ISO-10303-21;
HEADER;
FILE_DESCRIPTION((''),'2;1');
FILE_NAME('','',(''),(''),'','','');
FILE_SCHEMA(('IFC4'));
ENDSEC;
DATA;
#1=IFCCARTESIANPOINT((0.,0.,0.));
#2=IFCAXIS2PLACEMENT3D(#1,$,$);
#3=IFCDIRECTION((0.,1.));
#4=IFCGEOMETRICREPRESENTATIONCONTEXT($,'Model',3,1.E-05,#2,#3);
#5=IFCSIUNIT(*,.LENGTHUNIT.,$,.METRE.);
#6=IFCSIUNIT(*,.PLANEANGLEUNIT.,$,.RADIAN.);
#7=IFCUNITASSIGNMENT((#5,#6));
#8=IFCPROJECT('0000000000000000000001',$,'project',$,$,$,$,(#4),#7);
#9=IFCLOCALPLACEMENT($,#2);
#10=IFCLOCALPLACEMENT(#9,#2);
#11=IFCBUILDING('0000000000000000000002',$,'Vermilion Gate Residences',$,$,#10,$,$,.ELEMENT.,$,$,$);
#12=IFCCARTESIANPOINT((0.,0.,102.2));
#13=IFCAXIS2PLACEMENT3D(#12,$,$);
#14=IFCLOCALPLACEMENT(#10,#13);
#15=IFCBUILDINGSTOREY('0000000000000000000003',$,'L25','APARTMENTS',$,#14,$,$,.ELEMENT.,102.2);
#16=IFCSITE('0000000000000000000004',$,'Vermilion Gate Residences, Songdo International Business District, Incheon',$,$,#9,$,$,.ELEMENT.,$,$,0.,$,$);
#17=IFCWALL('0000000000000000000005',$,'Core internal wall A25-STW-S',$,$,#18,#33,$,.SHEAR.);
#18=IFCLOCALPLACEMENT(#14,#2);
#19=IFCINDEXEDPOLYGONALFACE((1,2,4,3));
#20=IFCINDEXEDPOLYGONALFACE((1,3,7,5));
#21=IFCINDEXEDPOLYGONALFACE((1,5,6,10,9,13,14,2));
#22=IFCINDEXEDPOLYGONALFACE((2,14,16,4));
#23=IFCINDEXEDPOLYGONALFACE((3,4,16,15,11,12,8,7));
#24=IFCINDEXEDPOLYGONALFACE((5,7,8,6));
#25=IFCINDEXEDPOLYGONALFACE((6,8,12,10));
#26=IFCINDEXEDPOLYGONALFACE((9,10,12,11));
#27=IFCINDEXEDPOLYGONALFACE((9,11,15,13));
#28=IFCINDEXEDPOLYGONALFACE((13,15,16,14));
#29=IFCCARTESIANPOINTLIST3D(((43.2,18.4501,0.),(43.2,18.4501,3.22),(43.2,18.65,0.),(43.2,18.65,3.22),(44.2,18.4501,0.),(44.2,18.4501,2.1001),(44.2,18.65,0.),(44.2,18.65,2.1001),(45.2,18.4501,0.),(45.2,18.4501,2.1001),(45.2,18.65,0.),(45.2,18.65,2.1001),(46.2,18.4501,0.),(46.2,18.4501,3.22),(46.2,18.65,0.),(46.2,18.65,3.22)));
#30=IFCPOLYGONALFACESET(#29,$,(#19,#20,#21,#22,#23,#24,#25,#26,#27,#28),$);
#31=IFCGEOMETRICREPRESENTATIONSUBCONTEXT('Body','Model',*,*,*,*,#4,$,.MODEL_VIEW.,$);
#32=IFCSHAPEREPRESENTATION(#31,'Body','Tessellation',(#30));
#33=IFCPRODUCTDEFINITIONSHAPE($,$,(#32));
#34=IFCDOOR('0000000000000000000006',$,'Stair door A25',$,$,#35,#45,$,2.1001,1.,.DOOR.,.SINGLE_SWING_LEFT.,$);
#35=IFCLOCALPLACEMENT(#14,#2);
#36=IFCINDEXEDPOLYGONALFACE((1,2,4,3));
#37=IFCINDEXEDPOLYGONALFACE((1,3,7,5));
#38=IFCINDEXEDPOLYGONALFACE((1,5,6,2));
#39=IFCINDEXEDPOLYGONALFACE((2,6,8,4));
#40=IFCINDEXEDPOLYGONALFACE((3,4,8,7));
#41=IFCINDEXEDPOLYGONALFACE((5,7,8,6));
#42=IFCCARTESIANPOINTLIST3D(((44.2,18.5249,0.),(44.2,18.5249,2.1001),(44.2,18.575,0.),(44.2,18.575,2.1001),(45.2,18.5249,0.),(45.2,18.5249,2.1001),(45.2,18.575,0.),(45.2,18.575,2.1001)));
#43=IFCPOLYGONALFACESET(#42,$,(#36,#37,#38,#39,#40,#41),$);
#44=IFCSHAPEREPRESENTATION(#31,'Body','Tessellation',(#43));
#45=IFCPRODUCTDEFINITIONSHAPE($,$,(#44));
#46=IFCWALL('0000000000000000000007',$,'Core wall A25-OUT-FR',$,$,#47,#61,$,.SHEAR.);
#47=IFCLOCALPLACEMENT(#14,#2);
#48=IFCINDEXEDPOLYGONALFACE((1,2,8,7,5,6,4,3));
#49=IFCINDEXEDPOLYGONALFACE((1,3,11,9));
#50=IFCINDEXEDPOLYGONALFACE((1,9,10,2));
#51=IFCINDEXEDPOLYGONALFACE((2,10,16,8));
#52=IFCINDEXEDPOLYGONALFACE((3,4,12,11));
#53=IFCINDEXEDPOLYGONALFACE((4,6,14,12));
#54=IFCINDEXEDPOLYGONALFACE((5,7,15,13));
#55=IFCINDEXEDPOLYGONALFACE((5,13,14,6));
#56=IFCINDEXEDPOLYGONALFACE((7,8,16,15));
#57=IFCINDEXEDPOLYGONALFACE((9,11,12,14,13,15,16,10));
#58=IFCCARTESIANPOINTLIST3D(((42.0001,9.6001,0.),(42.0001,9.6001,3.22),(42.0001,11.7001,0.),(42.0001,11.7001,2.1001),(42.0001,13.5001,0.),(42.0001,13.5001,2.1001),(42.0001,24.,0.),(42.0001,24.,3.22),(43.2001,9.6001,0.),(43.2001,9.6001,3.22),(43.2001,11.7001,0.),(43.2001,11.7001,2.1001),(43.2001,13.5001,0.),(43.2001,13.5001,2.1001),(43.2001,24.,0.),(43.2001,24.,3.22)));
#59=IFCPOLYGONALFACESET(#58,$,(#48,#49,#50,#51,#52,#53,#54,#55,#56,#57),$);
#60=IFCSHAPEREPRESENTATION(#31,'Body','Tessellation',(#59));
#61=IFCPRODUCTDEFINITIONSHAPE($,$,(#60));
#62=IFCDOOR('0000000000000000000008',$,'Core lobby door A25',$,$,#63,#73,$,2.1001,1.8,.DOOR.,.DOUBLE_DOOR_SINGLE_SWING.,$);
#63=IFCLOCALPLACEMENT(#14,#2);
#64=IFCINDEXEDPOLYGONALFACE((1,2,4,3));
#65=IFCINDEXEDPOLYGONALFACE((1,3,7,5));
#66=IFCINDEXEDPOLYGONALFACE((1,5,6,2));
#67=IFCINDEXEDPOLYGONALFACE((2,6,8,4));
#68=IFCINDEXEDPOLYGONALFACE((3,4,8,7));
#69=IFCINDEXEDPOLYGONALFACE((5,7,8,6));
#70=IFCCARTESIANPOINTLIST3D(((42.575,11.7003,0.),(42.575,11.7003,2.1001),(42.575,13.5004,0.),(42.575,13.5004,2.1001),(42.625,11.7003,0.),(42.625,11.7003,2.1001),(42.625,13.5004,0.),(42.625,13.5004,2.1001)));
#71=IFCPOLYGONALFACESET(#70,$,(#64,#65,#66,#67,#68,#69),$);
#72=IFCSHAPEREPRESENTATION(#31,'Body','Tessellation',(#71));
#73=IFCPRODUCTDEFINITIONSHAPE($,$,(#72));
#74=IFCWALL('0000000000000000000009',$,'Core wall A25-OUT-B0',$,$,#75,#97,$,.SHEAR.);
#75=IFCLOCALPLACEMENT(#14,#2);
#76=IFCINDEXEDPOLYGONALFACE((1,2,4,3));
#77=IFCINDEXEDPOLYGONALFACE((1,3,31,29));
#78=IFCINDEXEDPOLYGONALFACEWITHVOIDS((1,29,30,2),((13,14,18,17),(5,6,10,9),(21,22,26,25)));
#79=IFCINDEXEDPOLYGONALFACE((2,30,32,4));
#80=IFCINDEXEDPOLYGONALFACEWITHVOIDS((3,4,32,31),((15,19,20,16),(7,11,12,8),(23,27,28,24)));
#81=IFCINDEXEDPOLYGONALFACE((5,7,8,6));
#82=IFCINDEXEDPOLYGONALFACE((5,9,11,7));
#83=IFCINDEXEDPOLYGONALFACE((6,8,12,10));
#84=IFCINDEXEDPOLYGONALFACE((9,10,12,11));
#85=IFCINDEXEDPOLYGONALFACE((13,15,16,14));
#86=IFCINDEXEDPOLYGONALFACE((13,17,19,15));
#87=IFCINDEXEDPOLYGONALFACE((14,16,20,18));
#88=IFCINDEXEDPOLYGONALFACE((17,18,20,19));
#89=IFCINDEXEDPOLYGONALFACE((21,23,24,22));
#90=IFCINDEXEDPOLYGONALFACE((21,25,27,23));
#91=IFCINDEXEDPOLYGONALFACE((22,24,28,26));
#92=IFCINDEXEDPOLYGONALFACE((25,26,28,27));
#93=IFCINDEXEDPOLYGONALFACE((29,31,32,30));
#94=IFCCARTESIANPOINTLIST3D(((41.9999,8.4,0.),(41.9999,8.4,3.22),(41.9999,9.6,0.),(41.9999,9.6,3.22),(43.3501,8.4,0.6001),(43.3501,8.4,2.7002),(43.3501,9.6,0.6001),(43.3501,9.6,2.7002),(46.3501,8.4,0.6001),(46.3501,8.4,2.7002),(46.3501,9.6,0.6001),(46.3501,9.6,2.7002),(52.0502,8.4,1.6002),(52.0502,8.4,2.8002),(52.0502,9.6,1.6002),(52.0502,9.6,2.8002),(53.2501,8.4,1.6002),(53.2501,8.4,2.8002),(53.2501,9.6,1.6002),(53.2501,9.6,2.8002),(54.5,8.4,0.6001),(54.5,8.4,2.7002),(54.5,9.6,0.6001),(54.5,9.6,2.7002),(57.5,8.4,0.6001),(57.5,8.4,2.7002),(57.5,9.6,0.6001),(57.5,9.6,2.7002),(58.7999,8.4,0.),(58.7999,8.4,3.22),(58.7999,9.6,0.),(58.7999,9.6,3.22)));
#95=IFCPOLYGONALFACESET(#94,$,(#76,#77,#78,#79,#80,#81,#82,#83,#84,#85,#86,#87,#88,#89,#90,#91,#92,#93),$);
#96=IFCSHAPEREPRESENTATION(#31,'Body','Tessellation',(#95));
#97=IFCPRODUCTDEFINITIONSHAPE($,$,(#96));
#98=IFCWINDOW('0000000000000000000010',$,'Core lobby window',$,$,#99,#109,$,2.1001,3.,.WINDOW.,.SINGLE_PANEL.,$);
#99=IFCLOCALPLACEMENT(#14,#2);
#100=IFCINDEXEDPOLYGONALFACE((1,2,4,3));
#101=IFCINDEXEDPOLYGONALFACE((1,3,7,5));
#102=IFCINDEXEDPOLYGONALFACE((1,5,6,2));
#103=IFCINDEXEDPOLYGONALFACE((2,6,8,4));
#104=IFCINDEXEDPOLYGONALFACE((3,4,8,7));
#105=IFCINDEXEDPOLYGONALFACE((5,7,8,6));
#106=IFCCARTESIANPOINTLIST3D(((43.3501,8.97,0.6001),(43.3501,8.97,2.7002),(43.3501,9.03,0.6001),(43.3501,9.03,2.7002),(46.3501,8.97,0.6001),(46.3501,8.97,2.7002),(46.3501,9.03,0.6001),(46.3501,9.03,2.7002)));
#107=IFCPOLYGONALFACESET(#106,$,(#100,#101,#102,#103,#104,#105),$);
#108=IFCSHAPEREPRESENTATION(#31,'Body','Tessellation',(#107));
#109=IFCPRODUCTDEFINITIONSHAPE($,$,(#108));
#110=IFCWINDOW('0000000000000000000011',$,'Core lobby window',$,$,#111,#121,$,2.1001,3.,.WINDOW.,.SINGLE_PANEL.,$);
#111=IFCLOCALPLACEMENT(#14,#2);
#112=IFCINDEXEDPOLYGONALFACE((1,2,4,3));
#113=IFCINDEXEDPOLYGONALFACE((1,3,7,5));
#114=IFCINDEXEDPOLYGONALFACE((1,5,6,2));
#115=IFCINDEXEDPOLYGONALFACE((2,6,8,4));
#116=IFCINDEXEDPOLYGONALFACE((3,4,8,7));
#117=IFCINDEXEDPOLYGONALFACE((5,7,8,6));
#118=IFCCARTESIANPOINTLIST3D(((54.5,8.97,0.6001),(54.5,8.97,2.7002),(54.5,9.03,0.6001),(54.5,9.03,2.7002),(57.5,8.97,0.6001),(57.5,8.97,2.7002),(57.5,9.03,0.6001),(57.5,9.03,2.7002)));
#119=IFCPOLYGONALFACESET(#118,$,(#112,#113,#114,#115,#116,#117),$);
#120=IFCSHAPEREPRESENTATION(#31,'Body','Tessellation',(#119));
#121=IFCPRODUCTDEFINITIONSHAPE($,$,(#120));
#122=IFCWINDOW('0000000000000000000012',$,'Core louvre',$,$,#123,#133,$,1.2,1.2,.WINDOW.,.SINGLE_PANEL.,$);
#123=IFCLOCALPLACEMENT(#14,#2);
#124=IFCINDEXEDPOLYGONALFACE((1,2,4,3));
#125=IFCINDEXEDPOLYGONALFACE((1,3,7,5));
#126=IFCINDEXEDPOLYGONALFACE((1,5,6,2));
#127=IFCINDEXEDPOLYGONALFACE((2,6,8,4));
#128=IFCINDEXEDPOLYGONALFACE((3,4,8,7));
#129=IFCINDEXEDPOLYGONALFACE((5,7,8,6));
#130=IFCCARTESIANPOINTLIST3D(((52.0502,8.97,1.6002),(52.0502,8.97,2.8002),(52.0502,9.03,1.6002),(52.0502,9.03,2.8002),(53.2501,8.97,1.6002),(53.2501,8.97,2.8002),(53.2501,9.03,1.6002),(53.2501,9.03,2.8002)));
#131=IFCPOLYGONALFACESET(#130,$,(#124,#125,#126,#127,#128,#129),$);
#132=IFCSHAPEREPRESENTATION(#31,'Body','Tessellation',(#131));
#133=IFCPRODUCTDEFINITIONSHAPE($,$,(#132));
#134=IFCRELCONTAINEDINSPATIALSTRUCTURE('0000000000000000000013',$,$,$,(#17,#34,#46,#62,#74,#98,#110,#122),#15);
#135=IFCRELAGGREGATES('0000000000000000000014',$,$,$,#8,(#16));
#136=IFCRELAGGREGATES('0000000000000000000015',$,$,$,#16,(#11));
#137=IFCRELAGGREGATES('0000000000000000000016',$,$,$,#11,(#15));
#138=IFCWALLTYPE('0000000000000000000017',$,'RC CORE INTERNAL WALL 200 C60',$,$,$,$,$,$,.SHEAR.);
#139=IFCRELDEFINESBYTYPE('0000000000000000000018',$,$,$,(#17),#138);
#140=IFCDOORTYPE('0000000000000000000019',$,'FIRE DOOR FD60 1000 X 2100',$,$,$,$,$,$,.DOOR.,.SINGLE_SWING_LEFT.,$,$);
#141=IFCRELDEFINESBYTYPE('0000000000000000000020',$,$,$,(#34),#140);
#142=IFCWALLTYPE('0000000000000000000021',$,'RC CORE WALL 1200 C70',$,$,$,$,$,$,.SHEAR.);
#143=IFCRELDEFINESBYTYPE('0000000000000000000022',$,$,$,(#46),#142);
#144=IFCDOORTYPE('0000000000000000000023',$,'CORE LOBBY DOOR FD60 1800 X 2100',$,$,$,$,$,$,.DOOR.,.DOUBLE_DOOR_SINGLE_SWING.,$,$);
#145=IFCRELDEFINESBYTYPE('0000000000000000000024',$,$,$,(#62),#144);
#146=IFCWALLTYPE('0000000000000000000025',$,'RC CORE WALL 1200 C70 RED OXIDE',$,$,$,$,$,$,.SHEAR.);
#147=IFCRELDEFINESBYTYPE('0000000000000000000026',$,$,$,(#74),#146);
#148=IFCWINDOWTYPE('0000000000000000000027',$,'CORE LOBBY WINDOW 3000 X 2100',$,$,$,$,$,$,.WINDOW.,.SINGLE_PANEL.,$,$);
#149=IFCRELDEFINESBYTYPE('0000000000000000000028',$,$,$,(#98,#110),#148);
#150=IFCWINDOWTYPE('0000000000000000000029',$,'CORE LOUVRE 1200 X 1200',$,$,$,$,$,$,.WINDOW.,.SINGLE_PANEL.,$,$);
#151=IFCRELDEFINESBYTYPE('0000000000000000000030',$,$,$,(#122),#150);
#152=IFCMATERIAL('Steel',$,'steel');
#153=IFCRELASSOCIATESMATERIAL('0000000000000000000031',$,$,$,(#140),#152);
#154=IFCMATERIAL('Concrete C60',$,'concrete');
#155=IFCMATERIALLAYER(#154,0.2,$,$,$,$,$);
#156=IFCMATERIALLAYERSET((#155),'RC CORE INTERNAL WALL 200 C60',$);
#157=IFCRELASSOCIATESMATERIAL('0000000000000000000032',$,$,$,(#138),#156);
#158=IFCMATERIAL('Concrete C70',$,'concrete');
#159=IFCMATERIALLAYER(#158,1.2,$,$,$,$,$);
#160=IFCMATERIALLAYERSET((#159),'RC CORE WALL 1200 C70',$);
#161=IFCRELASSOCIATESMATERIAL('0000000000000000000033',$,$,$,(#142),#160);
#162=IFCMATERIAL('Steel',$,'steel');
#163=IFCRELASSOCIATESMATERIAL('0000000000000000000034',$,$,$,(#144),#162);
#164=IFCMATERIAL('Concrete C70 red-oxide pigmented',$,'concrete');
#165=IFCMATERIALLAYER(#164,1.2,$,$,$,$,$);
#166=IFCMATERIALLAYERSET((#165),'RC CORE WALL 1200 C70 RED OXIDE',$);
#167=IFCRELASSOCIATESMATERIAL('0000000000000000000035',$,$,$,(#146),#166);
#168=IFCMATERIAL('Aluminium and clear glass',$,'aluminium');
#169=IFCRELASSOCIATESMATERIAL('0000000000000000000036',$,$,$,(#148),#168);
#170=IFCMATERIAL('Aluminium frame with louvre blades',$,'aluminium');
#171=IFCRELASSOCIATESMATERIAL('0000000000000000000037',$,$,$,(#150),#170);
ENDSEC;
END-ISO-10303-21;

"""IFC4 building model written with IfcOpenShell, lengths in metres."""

from ifc_helpers import new_model, si_unit, direction, frame, frame_2d, origin, place, context, subcontext, project, spatial, rectangle, extrude, material, layer, layer_set, type_object, element, fill, save


model = new_model("IFC4")

# Units and contexts
model_context = context("Model", 3, precision=1e-05, world=origin(), true_north=direction((0.0, 1.0)))
body_context = subcontext(model_context, "Body", "Model", "MODEL_VIEW")
ifc_project = project(units=[si_unit("LENGTHUNIT", "METRE"), si_unit("PLANEANGLEUNIT", "RADIAN")], contexts=[model_context])

# Site, building, storey
site_placement = place(None, origin())
site = spatial("IfcSite", under=ifc_project, at=site_placement, Name="Vermilion Gate Residences, Songdo International Business District, Incheon", CompositionType="ELEMENT", RefElevation=0.0)
building_placement = place(site_placement, origin())
building = spatial("IfcBuilding", under=site, at=building_placement, Name="Vermilion Gate Residences", CompositionType="ELEMENT")
storey_placement = place(building_placement, frame((0.0, 0.0, 102.2)))
storey = spatial("IfcBuildingStorey", under=building, at=storey_placement, Name="L25", Description="APARTMENTS", CompositionType="ELEMENT", Elevation=102.2)

# Shared definitions
ifc_material_1 = material(Name="Steel", Category="steel")
door_type_1 = type_object("IfcDoorType", Name="FIRE DOOR FD60 1000 X 2100", OperationType="SINGLE_SWING_LEFT", PredefinedType="DOOR", material=ifc_material_1)

# Shared definitions
ifc_material_2 = material(Name="Concrete C60", Category="concrete")
ifc_layer_1 = layer(ifc_material_2, 0.2)
ifc_layer_set_1 = layer_set([ifc_layer_1], Name="RC CORE INTERNAL WALL 200 C60")
wall_type_1 = type_object("IfcWallType", Name="RC CORE INTERNAL WALL 200 C60", PredefinedType="SHEAR", material=ifc_layer_set_1)

# Walls, openings, doors
wall_1_placement = place(storey_placement, frame((43.2, 18.55, 0.0), z_axis=(0.0, 0.0, 1.0), x_axis=(1.0, 0.0, 0.0)))
wall_1 = element("IfcWall", 1, at=wall_1_placement, inside=storey, type_object=wall_type_1, Name="Core internal wall A25-STW-S", PredefinedType="SHEAR", context=body_context, shape_type="SweptSolid", body=[
    extrude(rectangle(XDim=3.0, YDim=0.2, at=frame_2d((1.5, 0.0))), origin(), (0.0, 0.0, 1.0), 3.22),
])
opening_1_placement = place(wall_1_placement, frame((1.0, 0.0, 0.0)))
opening_1 = element("IfcOpeningElement", 2, at=opening_1_placement, cuts=wall_1, PredefinedType="OPENING", context=body_context, shape_type="SweptSolid", body=[
    extrude(rectangle(XDim=1.0, YDim=2.1001, at=frame_2d((0.5, 1.05))), frame((0.0, 0.1099, 0.0), z_axis=(0.0, -1.0, 0.0), x_axis=(1.0, 0.0, 0.0)), (0.0, 0.0, 1.0), 0.22),
])
door_1_placement = place(opening_1_placement, origin())
door_1 = element("IfcDoor", 3, at=door_1_placement, inside=storey, type_object=door_type_1, Name="Stair door A25", OperationType="SINGLE_SWING_LEFT", OverallHeight=2.1001, OverallWidth=1.0, PredefinedType="DOOR", context=body_context, shape_type="SweptSolid", body=[
    extrude(rectangle(XDim=1.0, YDim=2.1001, at=frame_2d((0.5, 1.05))), frame((0.0, 0.0249, 0.0), z_axis=(0.0, -1.0, 0.0), x_axis=(1.0, 0.0, 0.0)), (0.0, 0.0, 1.0), 0.05),
])
fill(opening_1, door_1)
ifc_material_3 = material(Name="Concrete C70", Category="concrete")
ifc_layer_2 = layer(ifc_material_3, 1.2)
ifc_layer_set_2 = layer_set([ifc_layer_2], Name="RC CORE WALL 1200 C70")
wall_type_2 = type_object("IfcWallType", Name="RC CORE WALL 1200 C70", PredefinedType="SHEAR", material=ifc_layer_set_2)
wall_2_placement = place(storey_placement, frame((42.6001, 9.6001, 0.0), z_axis=(0.0, 0.0, 1.0), x_axis=(0.0, 1.0, 0.0)))
wall_2 = element("IfcWall", 4, at=wall_2_placement, inside=storey, type_object=wall_type_2, Name="Core wall A25-OUT-FR", PredefinedType="SHEAR", context=body_context, shape_type="SweptSolid", body=[
    extrude(rectangle(XDim=14.3999, YDim=1.2, at=frame_2d((7.2, 0.0))), origin(), (0.0, 0.0, 1.0), 3.22),
])
opening_2_placement = place(wall_2_placement, frame((2.1001, 0.0, 0.0)))
opening_2 = element("IfcOpeningElement", 5, at=opening_2_placement, cuts=wall_2, PredefinedType="OPENING", context=body_context, shape_type="SweptSolid", body=[
    extrude(rectangle(XDim=1.8, YDim=2.1001, at=frame_2d((0.8999, 1.05))), frame((0.0, 0.6099, 0.0), z_axis=(0.0, -1.0, 0.0), x_axis=(1.0, 0.0, 0.0)), (0.0, 0.0, 1.0), 1.22),
])
ifc_material_4 = material(Name="Steel", Category="steel")
door_type_2 = type_object("IfcDoorType", Name="CORE LOBBY DOOR FD60 1800 X 2100", OperationType="DOUBLE_DOOR_SINGLE_SWING", PredefinedType="DOOR", material=ifc_material_4)
door_2_placement = place(opening_2_placement, frame((1.8, 0.0, 0.0), z_axis=(0.0, 0.0, 1.0), x_axis=(-1.0, 0.0, 0.0)))
door_2 = element("IfcDoor", 6, at=door_2_placement, inside=storey, type_object=door_type_2, Name="Core lobby door A25", OperationType="DOUBLE_DOOR_SINGLE_SWING", OverallHeight=2.1001, OverallWidth=1.8, PredefinedType="DOOR", context=body_context, shape_type="SweptSolid", body=[
    extrude(rectangle(XDim=1.8, YDim=2.1001, at=frame_2d((0.8999, 1.05))), frame((0.0, 0.0249, 0.0), z_axis=(0.0, -1.0, 0.0), x_axis=(1.0, 0.0, 0.0)), (0.0, 0.0, 1.0), 0.05),
])
fill(opening_2, door_2)

# Wall, openings, windows
ifc_material_5 = material(Name="Concrete C70 red-oxide pigmented", Category="concrete")
ifc_layer_3 = layer(ifc_material_5, 1.2)
ifc_layer_set_3 = layer_set([ifc_layer_3], Name="RC CORE WALL 1200 C70 RED OXIDE")
wall_type_3 = type_object("IfcWallType", Name="RC CORE WALL 1200 C70 RED OXIDE", PredefinedType="SHEAR", material=ifc_layer_set_3)
wall_3_placement = place(storey_placement, frame((42.0, 9.0, 0.0), z_axis=(0.0, 0.0, 1.0), x_axis=(1.0, 0.0, 0.0)))
wall_3 = element("IfcWall", 7, at=wall_3_placement, inside=storey, type_object=wall_type_3, Name="Core wall A25-OUT-B0", PredefinedType="SHEAR", context=body_context, shape_type="SweptSolid", body=[
    extrude(rectangle(XDim=16.8, YDim=1.2, at=frame_2d((8.3999, 0.0))), origin(), (0.0, 0.0, 1.0), 3.22),
])
opening_3_placement = place(wall_3_placement, frame((1.3501, 0.0, 0.6001)))
opening_3 = element("IfcOpeningElement", 8, at=opening_3_placement, cuts=wall_3, PredefinedType="OPENING", context=body_context, shape_type="SweptSolid", body=[
    extrude(rectangle(XDim=3.0, YDim=2.1001, at=frame_2d((1.5, 1.05))), frame((0.0, 0.6099, 0.0), z_axis=(0.0, -1.0, 0.0), x_axis=(1.0, 0.0, 0.0)), (0.0, 0.0, 1.0), 1.22),
])
opening_4_placement = place(wall_3_placement, frame((10.05, 0.0, 1.6001)))
opening_4 = element("IfcOpeningElement", 9, at=opening_4_placement, cuts=wall_3, PredefinedType="OPENING", context=body_context, shape_type="SweptSolid", body=[
    extrude(rectangle(XDim=1.2, YDim=1.2, at=frame_2d((0.6001, 0.6001))), frame((0.0, 0.6099, 0.0), z_axis=(0.0, -1.0, 0.0), x_axis=(1.0, 0.0, 0.0)), (0.0, 0.0, 1.0), 1.22),
])
opening_5_placement = place(wall_3_placement, frame((12.5, 0.0, 0.6001)))
opening_5 = element("IfcOpeningElement", 10, at=opening_5_placement, cuts=wall_3, PredefinedType="OPENING", context=body_context, shape_type="SweptSolid", body=[
    extrude(rectangle(XDim=3.0, YDim=2.1001, at=frame_2d((1.5, 1.05))), frame((0.0, 0.6099, 0.0), z_axis=(0.0, -1.0, 0.0), x_axis=(1.0, 0.0, 0.0)), (0.0, 0.0, 1.0), 1.22),
])
ifc_material_6 = material(Name="Aluminium and clear glass", Category="aluminium")
window_type_1 = type_object("IfcWindowType", Name="CORE LOBBY WINDOW 3000 X 2100", PartitioningType="SINGLE_PANEL", PredefinedType="WINDOW", material=ifc_material_6)
window_1_placement = place(opening_3_placement, origin())
window_1 = element("IfcWindow", 11, at=window_1_placement, inside=storey, type_object=window_type_1, Name="Core lobby window", OverallHeight=2.1001, OverallWidth=3.0, PartitioningType="SINGLE_PANEL", PredefinedType="WINDOW", context=body_context, shape_type="SweptSolid", body=[
    extrude(rectangle(XDim=3.0, YDim=2.1001, at=frame_2d((1.5, 1.05))), frame((0.0, 0.03, 0.0), z_axis=(0.0, -1.0, 0.0), x_axis=(1.0, 0.0, 0.0)), (0.0, 0.0, 1.0), 0.0601),
])
fill(opening_3, window_1)
window_2_placement = place(opening_5_placement, origin())
window_2 = element("IfcWindow", 12, at=window_2_placement, inside=storey, type_object=window_type_1, Name="Core lobby window", OverallHeight=2.1001, OverallWidth=3.0, PartitioningType="SINGLE_PANEL", PredefinedType="WINDOW", context=body_context, shape_type="SweptSolid", body=[
    extrude(rectangle(XDim=3.0, YDim=2.1001, at=frame_2d((1.5, 1.05))), frame((0.0, 0.03, 0.0), z_axis=(0.0, -1.0, 0.0), x_axis=(1.0, 0.0, 0.0)), (0.0, 0.0, 1.0), 0.0601),
])
fill(opening_5, window_2)
ifc_material_7 = material(Name="Aluminium frame with louvre blades", Category="aluminium")
window_type_2 = type_object("IfcWindowType", Name="CORE LOUVRE 1200 X 1200", PartitioningType="SINGLE_PANEL", PredefinedType="WINDOW", material=ifc_material_7)
window_3_placement = place(opening_4_placement, origin())
window_3 = element("IfcWindow", 13, at=window_3_placement, inside=storey, type_object=window_type_2, Name="Core louvre", OverallHeight=1.2, OverallWidth=1.2, PartitioningType="SINGLE_PANEL", PredefinedType="WINDOW", context=body_context, shape_type="SweptSolid", body=[
    extrude(rectangle(XDim=1.2, YDim=1.2, at=frame_2d((0.6001, 0.6001))), frame((0.0, 0.03, 0.0), z_axis=(0.0, -1.0, 0.0), x_axis=(1.0, 0.0, 0.0)), (0.0, 0.0, 1.0), 0.0601),
])
fill(opening_4, window_3)

save(model, "model.ifc")
